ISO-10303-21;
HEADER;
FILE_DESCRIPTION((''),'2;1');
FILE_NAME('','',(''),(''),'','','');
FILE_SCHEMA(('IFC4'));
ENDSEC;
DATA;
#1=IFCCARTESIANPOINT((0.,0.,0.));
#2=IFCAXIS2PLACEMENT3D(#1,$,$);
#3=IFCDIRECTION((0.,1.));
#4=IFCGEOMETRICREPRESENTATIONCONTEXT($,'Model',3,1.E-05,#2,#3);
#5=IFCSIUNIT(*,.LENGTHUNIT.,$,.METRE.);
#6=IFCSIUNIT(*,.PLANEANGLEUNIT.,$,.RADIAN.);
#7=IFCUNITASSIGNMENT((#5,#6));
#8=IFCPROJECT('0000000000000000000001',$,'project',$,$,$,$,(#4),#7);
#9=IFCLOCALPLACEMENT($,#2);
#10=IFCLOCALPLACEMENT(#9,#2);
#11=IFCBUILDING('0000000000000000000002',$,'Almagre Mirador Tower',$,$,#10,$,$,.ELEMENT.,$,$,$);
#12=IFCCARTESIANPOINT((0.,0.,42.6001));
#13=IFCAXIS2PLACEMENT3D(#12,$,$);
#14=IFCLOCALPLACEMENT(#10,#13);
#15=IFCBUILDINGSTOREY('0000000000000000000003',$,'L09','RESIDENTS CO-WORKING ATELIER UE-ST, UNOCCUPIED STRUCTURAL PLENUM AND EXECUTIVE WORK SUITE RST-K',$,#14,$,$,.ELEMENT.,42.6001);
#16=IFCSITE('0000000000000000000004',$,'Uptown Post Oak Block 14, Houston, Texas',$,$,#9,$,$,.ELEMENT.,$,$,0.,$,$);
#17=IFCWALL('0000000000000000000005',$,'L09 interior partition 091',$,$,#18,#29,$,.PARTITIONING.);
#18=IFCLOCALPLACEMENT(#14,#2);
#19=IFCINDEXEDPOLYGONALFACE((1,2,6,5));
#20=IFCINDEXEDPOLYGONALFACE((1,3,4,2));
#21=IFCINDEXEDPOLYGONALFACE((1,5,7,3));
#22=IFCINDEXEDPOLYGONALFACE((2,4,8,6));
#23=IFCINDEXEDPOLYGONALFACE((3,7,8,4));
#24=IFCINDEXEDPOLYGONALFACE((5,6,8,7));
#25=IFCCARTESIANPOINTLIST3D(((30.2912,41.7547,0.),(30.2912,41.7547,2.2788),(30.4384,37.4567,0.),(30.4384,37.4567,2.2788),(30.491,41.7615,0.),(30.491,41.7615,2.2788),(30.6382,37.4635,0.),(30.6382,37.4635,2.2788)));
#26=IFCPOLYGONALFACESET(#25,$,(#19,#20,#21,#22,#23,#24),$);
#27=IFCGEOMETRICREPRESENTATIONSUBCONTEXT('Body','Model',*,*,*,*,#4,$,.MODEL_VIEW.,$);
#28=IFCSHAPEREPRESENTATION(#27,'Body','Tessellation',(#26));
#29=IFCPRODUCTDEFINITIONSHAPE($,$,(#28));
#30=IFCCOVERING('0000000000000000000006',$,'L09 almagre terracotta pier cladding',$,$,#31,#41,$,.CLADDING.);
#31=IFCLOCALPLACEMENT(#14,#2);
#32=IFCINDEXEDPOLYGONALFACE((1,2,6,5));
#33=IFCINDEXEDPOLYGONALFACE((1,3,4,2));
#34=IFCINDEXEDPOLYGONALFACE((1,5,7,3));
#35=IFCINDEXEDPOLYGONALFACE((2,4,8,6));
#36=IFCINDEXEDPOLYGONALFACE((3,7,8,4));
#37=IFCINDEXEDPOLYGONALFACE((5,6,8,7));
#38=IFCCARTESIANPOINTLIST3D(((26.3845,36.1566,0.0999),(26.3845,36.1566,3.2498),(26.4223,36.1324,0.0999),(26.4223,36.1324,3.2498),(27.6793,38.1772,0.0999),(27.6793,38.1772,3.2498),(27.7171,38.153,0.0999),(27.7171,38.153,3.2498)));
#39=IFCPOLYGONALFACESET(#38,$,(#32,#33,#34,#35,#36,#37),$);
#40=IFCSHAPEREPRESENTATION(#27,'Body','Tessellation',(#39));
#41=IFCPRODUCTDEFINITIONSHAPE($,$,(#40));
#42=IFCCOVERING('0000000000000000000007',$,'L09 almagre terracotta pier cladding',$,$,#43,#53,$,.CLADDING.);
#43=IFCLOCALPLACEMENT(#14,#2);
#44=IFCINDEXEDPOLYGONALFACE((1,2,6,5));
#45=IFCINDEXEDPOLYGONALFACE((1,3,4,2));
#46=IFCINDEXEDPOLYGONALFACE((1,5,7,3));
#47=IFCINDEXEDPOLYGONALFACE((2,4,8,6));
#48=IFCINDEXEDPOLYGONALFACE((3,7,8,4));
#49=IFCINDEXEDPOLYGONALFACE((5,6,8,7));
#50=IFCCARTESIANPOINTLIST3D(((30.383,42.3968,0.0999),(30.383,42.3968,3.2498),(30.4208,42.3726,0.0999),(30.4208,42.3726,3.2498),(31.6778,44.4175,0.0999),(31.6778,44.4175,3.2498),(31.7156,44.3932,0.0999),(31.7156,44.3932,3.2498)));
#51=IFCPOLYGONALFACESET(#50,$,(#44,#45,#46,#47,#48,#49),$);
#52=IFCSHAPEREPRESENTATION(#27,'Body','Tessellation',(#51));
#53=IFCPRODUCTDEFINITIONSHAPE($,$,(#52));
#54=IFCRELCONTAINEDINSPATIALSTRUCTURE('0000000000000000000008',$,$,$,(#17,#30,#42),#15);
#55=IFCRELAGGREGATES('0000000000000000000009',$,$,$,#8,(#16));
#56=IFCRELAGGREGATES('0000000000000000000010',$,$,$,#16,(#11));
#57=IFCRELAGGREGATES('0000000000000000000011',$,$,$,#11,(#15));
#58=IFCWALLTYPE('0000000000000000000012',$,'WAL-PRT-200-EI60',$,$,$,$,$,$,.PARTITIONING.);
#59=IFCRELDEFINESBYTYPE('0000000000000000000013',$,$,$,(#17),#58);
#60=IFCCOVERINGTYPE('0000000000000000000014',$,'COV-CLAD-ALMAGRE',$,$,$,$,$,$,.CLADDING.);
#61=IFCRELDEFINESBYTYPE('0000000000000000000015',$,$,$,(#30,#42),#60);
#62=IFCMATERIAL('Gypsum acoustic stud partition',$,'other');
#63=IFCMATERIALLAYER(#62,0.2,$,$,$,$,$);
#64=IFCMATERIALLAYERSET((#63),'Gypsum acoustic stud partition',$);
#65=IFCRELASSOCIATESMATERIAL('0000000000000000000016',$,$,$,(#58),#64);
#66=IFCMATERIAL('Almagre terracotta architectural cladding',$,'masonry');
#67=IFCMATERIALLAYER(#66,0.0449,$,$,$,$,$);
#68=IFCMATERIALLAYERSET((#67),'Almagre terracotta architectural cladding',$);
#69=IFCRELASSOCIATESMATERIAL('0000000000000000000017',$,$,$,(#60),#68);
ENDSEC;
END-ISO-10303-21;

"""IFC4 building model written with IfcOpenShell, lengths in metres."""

from ifc_helpers import new_model, si_unit, direction, frame, frame_2d, origin, origin_2d, place, context, subcontext, project, spatial, rectangle, extrude, material, layer, layer_set, type_object, element, save


model = new_model("IFC4")

# Units and contexts
model_context = context("Model", 3, precision=1e-05, world=origin(), true_north=direction((0.0, 1.0)))
body_context = subcontext(model_context, "Body", "Model", "MODEL_VIEW")
ifc_project = project(units=[si_unit("LENGTHUNIT", "METRE"), si_unit("PLANEANGLEUNIT", "RADIAN")], contexts=[model_context])

# Site, building, storey
site_placement = place(None, origin())
site = spatial("IfcSite", under=ifc_project, at=site_placement, Name="Uptown Post Oak Block 14, Houston, Texas", CompositionType="ELEMENT", RefElevation=0.0)
building_placement = place(site_placement, origin())
building = spatial("IfcBuilding", under=site, at=building_placement, Name="Almagre Mirador Tower", CompositionType="ELEMENT")
storey_placement = place(building_placement, frame((0.0, 0.0, 42.6001)))
storey = spatial("IfcBuildingStorey", under=building, at=storey_placement, Name="L09", Description="RESIDENTS CO-WORKING ATELIER UE-ST, UNOCCUPIED STRUCTURAL PLENUM AND EXECUTIVE WORK SUITE RST-K", CompositionType="ELEMENT", Elevation=42.6001)

# Shared definitions
ifc_material_1 = material(Name="Gypsum acoustic stud partition", Category="other")
ifc_layer_1 = layer(ifc_material_1, 0.2)
ifc_layer_set_1 = layer_set([ifc_layer_1], Name="Gypsum acoustic stud partition")
wall_type_1 = type_object("IfcWallType", Name="WAL-PRT-200-EI60", PredefinedType="PARTITIONING", material=ifc_layer_set_1)

# Wall
wall_1_placement = place(storey_placement, frame((30.5383, 37.46, 0.0), z_axis=(0.0, 0.0, 1.0), x_axis=(-0.034232, 0.999414, 0.0)))
element("IfcWall", 1, at=wall_1_placement, inside=storey, type_object=wall_type_1, Name="L09 interior partition 091", PredefinedType="PARTITIONING", context=body_context, shape_type="SweptSolid", body=[
    extrude(rectangle(XDim=4.3005, YDim=0.2, at=frame_2d((2.1504, 0.0))), origin(), (0.0, 0.0, 1.0), 2.2788),
])

# Coverings
ifc_material_2 = material(Name="Almagre terracotta architectural cladding", Category="masonry")
ifc_layer_2 = layer(ifc_material_2, 0.0449)
ifc_layer_set_2 = layer_set([ifc_layer_2], Name="Almagre terracotta architectural cladding")
covering_type = type_object("IfcCoveringType", Name="COV-CLAD-ALMAGRE", PredefinedType="CLADDING", material=ifc_layer_set_2)
for number, where, z_axis, x_axis, name in (
    (2, (27.0508, 37.1548, 0.0999), (0.0, 0.0, 1.0), (0.539535, 0.841963, 0.0), "L09 almagre terracotta pier cladding"),
    (3, (31.0493, 43.395, 0.0999), (0.0, 0.0, 1.0), (0.53952, 0.841972, 0.0), "L09 almagre terracotta pier cladding"),
):
    element("IfcCovering", number, at=place(storey_placement, frame(where, z_axis=z_axis, x_axis=x_axis)), inside=storey, type_object=covering_type, Name=name, PredefinedType="CLADDING", context=body_context, shape_type="SweptSolid", body=[
        extrude(rectangle(XDim=2.3999, YDim=0.0449, at=origin_2d()), origin(), (0.0, 0.0, 1.0), 3.1499),
    ])

save(model, "model.ifc")
